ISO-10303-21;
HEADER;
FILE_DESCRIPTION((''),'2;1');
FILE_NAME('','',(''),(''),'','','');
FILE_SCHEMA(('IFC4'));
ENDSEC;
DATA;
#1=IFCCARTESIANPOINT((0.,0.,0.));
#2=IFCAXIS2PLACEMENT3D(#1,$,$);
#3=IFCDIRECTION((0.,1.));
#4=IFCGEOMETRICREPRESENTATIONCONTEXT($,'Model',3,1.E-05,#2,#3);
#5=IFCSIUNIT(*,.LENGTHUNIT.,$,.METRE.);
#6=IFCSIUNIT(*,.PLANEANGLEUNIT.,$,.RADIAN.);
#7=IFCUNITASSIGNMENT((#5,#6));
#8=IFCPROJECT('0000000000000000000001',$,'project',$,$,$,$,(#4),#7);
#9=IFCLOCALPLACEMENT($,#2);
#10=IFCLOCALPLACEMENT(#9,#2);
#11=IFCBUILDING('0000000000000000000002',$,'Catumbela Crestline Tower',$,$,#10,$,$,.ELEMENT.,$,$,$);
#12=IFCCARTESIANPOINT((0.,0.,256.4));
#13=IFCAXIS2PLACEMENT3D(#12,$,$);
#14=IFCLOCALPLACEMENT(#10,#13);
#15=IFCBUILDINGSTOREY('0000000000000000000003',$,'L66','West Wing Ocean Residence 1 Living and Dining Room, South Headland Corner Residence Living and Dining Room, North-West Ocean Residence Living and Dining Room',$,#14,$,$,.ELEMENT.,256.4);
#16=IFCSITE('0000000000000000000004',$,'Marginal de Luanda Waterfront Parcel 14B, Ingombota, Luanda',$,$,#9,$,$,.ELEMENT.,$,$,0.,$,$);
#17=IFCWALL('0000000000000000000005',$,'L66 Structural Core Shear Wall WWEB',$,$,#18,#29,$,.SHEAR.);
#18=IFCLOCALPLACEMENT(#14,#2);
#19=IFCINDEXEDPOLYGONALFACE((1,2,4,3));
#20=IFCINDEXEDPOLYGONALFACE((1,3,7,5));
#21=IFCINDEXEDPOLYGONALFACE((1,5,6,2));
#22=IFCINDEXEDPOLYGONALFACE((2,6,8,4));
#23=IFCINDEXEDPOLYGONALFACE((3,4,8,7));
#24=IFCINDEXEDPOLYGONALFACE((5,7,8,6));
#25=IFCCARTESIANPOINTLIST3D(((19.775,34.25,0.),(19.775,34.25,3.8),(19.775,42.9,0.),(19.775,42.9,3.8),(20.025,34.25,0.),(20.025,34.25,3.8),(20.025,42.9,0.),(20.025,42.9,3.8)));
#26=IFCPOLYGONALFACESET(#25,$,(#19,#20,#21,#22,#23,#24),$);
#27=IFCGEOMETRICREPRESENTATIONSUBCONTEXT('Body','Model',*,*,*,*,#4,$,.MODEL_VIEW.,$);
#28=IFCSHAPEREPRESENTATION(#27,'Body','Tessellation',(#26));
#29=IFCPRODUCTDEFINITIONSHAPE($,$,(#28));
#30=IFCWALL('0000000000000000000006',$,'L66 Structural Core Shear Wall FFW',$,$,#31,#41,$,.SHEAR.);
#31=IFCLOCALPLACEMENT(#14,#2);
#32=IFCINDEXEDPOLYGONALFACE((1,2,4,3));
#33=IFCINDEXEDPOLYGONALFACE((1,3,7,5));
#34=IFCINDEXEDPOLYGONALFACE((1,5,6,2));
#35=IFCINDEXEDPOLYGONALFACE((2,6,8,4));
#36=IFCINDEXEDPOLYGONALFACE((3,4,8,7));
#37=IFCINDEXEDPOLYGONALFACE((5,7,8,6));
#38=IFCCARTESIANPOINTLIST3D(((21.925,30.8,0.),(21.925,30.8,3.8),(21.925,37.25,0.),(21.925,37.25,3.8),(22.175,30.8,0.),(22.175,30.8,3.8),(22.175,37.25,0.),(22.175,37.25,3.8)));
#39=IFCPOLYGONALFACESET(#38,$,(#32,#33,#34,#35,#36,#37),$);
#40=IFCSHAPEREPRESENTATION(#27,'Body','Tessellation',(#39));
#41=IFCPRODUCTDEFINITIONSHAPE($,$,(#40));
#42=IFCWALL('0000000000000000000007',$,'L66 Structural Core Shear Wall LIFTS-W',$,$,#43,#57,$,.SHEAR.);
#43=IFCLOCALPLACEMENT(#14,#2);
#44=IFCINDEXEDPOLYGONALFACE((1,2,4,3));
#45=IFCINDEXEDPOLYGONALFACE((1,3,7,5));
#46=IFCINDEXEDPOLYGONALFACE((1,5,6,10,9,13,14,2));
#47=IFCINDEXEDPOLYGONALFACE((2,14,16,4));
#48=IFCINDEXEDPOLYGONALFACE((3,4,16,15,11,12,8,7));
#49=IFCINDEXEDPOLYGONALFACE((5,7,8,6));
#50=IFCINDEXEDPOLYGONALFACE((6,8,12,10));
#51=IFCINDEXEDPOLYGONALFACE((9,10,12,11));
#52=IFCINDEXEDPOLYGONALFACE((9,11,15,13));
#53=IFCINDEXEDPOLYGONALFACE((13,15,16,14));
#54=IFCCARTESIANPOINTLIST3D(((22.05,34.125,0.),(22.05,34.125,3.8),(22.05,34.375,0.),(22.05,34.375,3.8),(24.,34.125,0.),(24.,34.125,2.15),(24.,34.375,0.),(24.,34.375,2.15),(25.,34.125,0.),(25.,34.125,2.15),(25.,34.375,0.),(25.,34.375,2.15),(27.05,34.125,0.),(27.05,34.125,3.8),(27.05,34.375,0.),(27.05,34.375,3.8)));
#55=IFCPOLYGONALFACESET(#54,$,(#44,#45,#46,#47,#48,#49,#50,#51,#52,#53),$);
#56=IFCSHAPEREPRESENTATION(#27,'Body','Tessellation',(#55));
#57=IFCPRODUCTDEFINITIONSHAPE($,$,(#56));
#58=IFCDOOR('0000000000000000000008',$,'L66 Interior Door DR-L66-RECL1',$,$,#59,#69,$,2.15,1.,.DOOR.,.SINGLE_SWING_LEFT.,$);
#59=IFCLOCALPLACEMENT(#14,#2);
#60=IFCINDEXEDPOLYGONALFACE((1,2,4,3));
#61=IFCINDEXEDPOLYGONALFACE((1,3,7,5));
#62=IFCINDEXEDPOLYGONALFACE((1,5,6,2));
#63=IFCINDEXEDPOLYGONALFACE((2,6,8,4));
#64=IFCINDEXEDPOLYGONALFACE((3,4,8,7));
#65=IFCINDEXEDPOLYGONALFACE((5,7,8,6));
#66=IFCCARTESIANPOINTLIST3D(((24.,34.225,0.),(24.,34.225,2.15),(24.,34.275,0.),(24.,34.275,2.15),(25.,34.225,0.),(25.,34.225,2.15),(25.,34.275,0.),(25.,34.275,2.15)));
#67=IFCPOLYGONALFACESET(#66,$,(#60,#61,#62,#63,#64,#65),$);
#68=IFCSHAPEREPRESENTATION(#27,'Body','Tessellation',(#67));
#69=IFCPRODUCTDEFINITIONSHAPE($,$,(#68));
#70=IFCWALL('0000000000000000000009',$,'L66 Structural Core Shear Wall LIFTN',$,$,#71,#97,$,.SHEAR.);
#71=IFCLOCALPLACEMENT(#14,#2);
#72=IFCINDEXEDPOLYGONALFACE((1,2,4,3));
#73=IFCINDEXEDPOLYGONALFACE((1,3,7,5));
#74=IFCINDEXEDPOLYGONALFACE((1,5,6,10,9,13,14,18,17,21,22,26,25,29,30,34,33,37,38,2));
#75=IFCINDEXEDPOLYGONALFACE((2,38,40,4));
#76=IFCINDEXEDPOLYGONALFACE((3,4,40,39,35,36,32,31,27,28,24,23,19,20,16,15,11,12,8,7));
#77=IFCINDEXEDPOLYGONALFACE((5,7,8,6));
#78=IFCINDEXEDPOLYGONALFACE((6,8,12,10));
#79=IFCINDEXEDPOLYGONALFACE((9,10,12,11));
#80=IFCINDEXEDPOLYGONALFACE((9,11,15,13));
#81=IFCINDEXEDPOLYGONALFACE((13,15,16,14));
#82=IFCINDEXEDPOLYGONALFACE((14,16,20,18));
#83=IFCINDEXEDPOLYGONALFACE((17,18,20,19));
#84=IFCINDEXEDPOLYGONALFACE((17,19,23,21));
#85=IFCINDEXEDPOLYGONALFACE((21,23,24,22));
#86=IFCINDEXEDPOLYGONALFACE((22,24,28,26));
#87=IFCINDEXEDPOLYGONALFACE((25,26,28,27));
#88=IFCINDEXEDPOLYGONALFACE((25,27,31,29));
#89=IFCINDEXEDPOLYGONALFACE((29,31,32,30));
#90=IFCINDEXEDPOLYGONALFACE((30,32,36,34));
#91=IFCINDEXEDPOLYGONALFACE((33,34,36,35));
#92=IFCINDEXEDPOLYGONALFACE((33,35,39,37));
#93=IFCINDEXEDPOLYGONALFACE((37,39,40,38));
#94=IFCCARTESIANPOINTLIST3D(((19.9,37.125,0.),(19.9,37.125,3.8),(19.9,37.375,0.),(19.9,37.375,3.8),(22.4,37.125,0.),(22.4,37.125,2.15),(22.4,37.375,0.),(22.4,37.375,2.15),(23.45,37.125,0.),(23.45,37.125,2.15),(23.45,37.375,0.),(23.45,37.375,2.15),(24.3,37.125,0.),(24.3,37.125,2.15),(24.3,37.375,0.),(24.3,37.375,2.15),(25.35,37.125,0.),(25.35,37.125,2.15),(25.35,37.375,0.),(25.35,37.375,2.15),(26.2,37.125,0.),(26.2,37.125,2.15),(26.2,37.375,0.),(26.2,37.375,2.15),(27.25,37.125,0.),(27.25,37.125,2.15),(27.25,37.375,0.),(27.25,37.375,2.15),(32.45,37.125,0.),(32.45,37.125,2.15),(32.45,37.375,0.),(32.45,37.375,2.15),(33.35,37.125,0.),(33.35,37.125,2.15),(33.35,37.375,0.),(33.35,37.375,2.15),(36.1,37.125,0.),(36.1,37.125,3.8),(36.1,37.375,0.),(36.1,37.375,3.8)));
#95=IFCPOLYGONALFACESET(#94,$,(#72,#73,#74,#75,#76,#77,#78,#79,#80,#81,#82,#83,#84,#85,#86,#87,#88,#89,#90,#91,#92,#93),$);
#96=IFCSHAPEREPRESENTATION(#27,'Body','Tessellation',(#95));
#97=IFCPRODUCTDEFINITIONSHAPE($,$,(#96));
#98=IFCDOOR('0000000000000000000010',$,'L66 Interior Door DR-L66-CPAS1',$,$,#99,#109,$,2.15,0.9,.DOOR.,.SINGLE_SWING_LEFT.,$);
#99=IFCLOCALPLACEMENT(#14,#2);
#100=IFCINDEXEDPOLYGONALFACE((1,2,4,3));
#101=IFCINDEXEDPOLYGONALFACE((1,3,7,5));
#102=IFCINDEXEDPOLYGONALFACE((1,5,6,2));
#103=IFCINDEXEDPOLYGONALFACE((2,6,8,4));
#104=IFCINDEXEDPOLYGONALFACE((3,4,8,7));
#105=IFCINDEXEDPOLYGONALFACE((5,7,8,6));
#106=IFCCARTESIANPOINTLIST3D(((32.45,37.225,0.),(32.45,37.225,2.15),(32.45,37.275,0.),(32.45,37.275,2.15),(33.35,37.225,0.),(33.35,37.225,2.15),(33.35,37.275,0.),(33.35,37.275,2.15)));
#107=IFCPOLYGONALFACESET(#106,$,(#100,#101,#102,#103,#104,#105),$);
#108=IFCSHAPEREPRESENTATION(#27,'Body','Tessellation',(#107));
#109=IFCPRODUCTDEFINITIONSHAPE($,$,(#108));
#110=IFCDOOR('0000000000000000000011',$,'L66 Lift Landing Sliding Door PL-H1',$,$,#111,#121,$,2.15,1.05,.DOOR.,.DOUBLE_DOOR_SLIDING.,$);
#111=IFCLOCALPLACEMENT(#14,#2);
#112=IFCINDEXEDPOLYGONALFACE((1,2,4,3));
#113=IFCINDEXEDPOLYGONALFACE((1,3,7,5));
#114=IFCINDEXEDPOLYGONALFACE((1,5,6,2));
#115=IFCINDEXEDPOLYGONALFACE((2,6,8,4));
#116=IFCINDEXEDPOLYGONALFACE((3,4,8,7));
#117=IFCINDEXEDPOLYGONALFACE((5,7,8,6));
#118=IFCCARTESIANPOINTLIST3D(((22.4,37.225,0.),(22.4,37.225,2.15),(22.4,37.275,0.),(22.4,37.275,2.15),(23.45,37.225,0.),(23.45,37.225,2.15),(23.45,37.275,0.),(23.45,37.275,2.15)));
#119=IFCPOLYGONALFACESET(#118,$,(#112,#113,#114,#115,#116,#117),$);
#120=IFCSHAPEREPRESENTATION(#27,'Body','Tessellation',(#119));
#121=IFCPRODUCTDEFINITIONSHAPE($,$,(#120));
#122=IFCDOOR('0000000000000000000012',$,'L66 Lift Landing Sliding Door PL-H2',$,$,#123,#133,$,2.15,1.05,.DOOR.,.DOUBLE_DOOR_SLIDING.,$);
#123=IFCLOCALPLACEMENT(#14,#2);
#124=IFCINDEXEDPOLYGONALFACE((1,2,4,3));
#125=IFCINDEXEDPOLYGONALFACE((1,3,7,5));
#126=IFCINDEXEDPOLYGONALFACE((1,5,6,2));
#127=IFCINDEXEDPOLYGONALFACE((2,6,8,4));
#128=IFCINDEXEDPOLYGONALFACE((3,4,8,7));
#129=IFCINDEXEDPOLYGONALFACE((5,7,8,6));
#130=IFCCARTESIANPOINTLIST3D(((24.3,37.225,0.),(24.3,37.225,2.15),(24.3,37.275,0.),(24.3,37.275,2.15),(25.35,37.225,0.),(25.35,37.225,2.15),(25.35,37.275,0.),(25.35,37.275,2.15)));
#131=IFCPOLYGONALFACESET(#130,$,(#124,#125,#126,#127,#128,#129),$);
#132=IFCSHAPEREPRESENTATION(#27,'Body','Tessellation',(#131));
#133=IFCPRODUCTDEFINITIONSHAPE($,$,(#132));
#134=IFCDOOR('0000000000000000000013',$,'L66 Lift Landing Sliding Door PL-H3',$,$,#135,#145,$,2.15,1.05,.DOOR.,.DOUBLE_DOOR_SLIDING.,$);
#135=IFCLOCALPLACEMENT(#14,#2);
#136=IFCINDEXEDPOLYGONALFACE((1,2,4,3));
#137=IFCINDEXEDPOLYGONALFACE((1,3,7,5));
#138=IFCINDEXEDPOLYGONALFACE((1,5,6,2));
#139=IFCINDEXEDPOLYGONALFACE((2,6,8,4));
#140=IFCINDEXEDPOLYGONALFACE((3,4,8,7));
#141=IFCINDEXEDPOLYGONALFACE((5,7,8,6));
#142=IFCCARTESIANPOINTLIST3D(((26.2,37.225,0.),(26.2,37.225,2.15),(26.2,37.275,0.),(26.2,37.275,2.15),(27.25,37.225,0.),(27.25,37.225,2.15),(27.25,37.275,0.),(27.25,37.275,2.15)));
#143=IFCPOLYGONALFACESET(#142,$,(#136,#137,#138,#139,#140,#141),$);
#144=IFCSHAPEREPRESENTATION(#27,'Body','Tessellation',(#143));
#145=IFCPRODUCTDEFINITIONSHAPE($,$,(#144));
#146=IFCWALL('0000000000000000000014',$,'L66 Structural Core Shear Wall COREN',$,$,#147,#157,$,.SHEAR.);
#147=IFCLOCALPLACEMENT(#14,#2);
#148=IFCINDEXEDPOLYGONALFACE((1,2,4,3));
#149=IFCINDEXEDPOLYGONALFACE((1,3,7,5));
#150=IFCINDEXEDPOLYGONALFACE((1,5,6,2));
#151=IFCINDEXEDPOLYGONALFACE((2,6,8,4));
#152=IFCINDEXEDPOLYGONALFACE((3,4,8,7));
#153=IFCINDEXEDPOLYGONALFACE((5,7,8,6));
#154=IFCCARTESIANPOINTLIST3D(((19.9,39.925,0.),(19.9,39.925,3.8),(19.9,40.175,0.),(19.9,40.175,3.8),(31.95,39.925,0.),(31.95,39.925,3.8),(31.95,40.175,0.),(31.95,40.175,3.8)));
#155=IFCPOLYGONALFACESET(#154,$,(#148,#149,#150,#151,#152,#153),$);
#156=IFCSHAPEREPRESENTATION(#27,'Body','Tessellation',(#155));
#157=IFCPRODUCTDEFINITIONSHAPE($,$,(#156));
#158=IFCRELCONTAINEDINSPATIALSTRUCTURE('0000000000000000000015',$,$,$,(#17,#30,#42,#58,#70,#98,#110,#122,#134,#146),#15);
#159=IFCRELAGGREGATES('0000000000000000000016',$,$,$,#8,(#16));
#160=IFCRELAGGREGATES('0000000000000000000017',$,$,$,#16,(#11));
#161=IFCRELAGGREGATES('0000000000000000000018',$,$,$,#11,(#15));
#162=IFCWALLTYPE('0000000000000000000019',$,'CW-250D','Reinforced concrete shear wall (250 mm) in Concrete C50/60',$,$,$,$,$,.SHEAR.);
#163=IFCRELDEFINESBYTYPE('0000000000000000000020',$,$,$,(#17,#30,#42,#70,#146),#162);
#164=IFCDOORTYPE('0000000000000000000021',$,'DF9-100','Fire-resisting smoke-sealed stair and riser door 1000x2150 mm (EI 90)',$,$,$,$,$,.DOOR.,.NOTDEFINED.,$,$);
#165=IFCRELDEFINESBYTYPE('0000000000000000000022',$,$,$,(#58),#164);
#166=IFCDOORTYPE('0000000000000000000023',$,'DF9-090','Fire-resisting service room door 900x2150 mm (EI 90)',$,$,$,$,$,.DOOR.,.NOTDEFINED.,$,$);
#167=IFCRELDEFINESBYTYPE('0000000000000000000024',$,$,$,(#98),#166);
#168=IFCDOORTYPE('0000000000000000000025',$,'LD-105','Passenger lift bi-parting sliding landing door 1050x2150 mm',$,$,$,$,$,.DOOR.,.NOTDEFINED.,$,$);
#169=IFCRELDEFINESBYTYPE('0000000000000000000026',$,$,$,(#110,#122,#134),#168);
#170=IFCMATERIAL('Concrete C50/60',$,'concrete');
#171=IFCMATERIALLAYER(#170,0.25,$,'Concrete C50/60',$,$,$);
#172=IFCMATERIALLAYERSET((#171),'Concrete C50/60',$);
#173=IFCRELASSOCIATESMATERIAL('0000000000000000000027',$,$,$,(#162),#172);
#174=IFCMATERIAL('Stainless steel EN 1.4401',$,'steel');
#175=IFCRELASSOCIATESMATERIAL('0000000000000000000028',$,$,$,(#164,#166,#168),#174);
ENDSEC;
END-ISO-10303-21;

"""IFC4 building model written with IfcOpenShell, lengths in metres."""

from ifc_helpers import new_model, si_unit, direction, frame, frame_2d, origin, place, context, subcontext, project, spatial, rectangle, extrude, material, layer, layer_set, type_object, element, fill, save


model = new_model("IFC4")

# Units and contexts
model_context = context("Model", 3, precision=1e-05, world=origin(), true_north=direction((0.0, 1.0)))
body_context = subcontext(model_context, "Body", "Model", "MODEL_VIEW")
ifc_project = project(units=[si_unit("LENGTHUNIT", "METRE"), si_unit("PLANEANGLEUNIT", "RADIAN")], contexts=[model_context])

# Site, building, storey
site_placement = place(None, origin())
site = spatial("IfcSite", under=ifc_project, at=site_placement, Name="Marginal de Luanda Waterfront Parcel 14B, Ingombota, Luanda", CompositionType="ELEMENT", RefElevation=0.0)
building_placement = place(site_placement, origin())
building = spatial("IfcBuilding", under=site, at=building_placement, Name="Catumbela Crestline Tower", CompositionType="ELEMENT")
storey_placement = place(building_placement, frame((0.0, 0.0, 256.4)))
storey = spatial("IfcBuildingStorey", under=building, at=storey_placement, Name="L66", Description="West Wing Ocean Residence 1 Living and Dining Room, South Headland Corner Residence Living and Dining Room, North-West Ocean Residence Living and Dining Room", CompositionType="ELEMENT", Elevation=256.4)

# Walls
ifc_material_1 = material(Name="Concrete C50/60", Category="concrete")
ifc_layer_1 = layer(ifc_material_1, 0.25, Name="Concrete C50/60")
ifc_layer_set_1 = layer_set([ifc_layer_1], Name="Concrete C50/60")
wall_type_1 = type_object("IfcWallType", Name="CW-250D", Description="Reinforced concrete shear wall (250 mm) in Concrete C50/60", PredefinedType="SHEAR", material=ifc_layer_set_1)
wall_1_placement = place(storey_placement, frame((19.9, 34.25, 0.0), z_axis=(0.0, 0.0, 1.0), x_axis=(0.0, 1.0, 0.0)))
element("IfcWall", 1, at=wall_1_placement, inside=storey, type_object=wall_type_1, Name="L66 Structural Core Shear Wall WWEB", PredefinedType="SHEAR", context=body_context, shape_type="SweptSolid", body=[
    extrude(rectangle(XDim=8.65, YDim=0.25, at=frame_2d((4.325, 0.0))), origin(), (0.0, 0.0, 1.0), 3.8),
])
wall_2_placement = place(storey_placement, frame((22.05, 30.8, 0.0), z_axis=(0.0, 0.0, 1.0), x_axis=(0.0, 1.0, 0.0)))
element("IfcWall", 2, at=wall_2_placement, inside=storey, type_object=wall_type_1, Name="L66 Structural Core Shear Wall FFW", PredefinedType="SHEAR", context=body_context, shape_type="SweptSolid", body=[
    extrude(rectangle(XDim=6.45, YDim=0.25, at=frame_2d((3.225, 0.0))), origin(), (0.0, 0.0, 1.0), 3.8),
])

# Wall, opening, door
wall_3_placement = place(storey_placement, frame((22.05, 34.25, 0.0), z_axis=(0.0, 0.0, 1.0), x_axis=(1.0, 0.0, 0.0)))
wall_3 = element("IfcWall", 3, at=wall_3_placement, inside=storey, type_object=wall_type_1, Name="L66 Structural Core Shear Wall LIFTS-W", PredefinedType="SHEAR", context=body_context, shape_type="SweptSolid", body=[
    extrude(rectangle(XDim=5.0, YDim=0.25, at=frame_2d((2.5, 0.0))), origin(), (0.0, 0.0, 1.0), 3.8),
])
opening_1_placement = place(wall_3_placement, frame((1.95, 0.0, 0.0)))
opening_1 = element("IfcOpeningElement", 4, at=opening_1_placement, cuts=wall_3, PredefinedType="OPENING", context=body_context, shape_type="SweptSolid", body=[
    extrude(rectangle(XDim=1.0, YDim=2.15, at=frame_2d((0.5, 1.075))), frame((0.0, 0.135, 0.0), z_axis=(0.0, -1.0, 0.0), x_axis=(1.0, 0.0, 0.0)), (0.0, 0.0, 1.0), 0.27),
])
ifc_material_2 = material(Name="Stainless steel EN 1.4401", Category="steel")
door_type_1 = type_object("IfcDoorType", Name="DF9-100", Description="Fire-resisting smoke-sealed stair and riser door 1000x2150 mm (EI 90)", OperationType="NOTDEFINED", PredefinedType="DOOR", material=ifc_material_2)
door_1_placement = place(opening_1_placement, origin())
door_1 = element("IfcDoor", 5, at=door_1_placement, inside=storey, type_object=door_type_1, Name="L66 Interior Door DR-L66-RECL1", OperationType="SINGLE_SWING_LEFT", OverallHeight=2.15, OverallWidth=1.0, PredefinedType="DOOR", context=body_context, shape_type="SweptSolid", body=[
    extrude(rectangle(XDim=1.0, YDim=2.15, at=frame_2d((0.5, 1.075))), frame((0.0, 0.025, 0.0), z_axis=(0.0, -1.0, 0.0), x_axis=(1.0, 0.0, 0.0)), (0.0, 0.0, 1.0), 0.05),
])
fill(opening_1, door_1)

# Wall, openings, doors
wall_4_placement = place(storey_placement, frame((19.9, 37.25, 0.0), z_axis=(0.0, 0.0, 1.0), x_axis=(1.0, 0.0, 0.0)))
wall_4 = element("IfcWall", 6, at=wall_4_placement, inside=storey, type_object=wall_type_1, Name="L66 Structural Core Shear Wall LIFTN", PredefinedType="SHEAR", context=body_context, shape_type="SweptSolid", body=[
    extrude(rectangle(XDim=16.2, YDim=0.25, at=frame_2d((8.1, 0.0))), origin(), (0.0, 0.0, 1.0), 3.8),
])
opening_2_placement = place(wall_4_placement, frame((12.55, 0.0, 0.0)))
opening_2 = element("IfcOpeningElement", 7, at=opening_2_placement, cuts=wall_4, PredefinedType="OPENING", context=body_context, shape_type="SweptSolid", body=[
    extrude(rectangle(XDim=0.9, YDim=2.15, at=frame_2d((0.45, 1.075))), frame((0.0, 0.135, 0.0), z_axis=(0.0, -1.0, 0.0), x_axis=(1.0, 0.0, 0.0)), (0.0, 0.0, 1.0), 0.27),
])
opening_3_placement = place(wall_4_placement, frame((2.5, 0.0, 0.0)))
opening_3 = element("IfcOpeningElement", 8, at=opening_3_placement, cuts=wall_4, PredefinedType="OPENING", context=body_context, shape_type="SweptSolid", body=[
    extrude(rectangle(XDim=1.05, YDim=2.15, at=frame_2d((0.525, 1.075))), frame((0.0, 0.135, 0.0), z_axis=(0.0, -1.0, 0.0), x_axis=(1.0, 0.0, 0.0)), (0.0, 0.0, 1.0), 0.27),
])
opening_4_placement = place(wall_4_placement, frame((4.4, 0.0, 0.0)))
opening_4 = element("IfcOpeningElement", 9, at=opening_4_placement, cuts=wall_4, PredefinedType="OPENING", context=body_context, shape_type="SweptSolid", body=[
    extrude(rectangle(XDim=1.05, YDim=2.15, at=frame_2d((0.525, 1.075))), frame((0.0, 0.135, 0.0), z_axis=(0.0, -1.0, 0.0), x_axis=(1.0, 0.0, 0.0)), (0.0, 0.0, 1.0), 0.27),
])
opening_5_placement = place(wall_4_placement, frame((6.3, 0.0, 0.0)))
opening_5 = element("IfcOpeningElement", 10, at=opening_5_placement, cuts=wall_4, PredefinedType="OPENING", context=body_context, shape_type="SweptSolid", body=[
    extrude(rectangle(XDim=1.05, YDim=2.15, at=frame_2d((0.525, 1.075))), frame((0.0, 0.135, 0.0), z_axis=(0.0, -1.0, 0.0), x_axis=(1.0, 0.0, 0.0)), (0.0, 0.0, 1.0), 0.27),
])
door_type_2 = type_object("IfcDoorType", Name="DF9-090", Description="Fire-resisting service room door 900x2150 mm (EI 90)", OperationType="NOTDEFINED", PredefinedType="DOOR", material=ifc_material_2)
door_2_placement = place(opening_2_placement, origin())
door_2 = element("IfcDoor", 11, at=door_2_placement, inside=storey, type_object=door_type_2, Name="L66 Interior Door DR-L66-CPAS1", OperationType="SINGLE_SWING_LEFT", OverallHeight=2.15, OverallWidth=0.9, PredefinedType="DOOR", context=body_context, shape_type="SweptSolid", body=[
    extrude(rectangle(XDim=0.9, YDim=2.15, at=frame_2d((0.45, 1.075))), frame((0.0, 0.025, 0.0), z_axis=(0.0, -1.0, 0.0), x_axis=(1.0, 0.0, 0.0)), (0.0, 0.0, 1.0), 0.05),
])
fill(opening_2, door_2)
door_type_3 = type_object("IfcDoorType", Name="LD-105", Description="Passenger lift bi-parting sliding landing door 1050x2150 mm", OperationType="NOTDEFINED", PredefinedType="DOOR", material=ifc_material_2)
door_3_placement = place(opening_3_placement, origin())
door_3 = element("IfcDoor", 12, at=door_3_placement, inside=storey, type_object=door_type_3, Name="L66 Lift Landing Sliding Door PL-H1", OperationType="DOUBLE_DOOR_SLIDING", OverallHeight=2.15, OverallWidth=1.05, PredefinedType="DOOR", context=body_context, shape_type="SweptSolid", body=[
    extrude(rectangle(XDim=1.05, YDim=2.15, at=frame_2d((0.525, 1.075))), frame((0.0, 0.025, 0.0), z_axis=(0.0, -1.0, 0.0), x_axis=(1.0, 0.0, 0.0)), (0.0, 0.0, 1.0), 0.05),
])
fill(opening_3, door_3)
door_4_placement = place(opening_4_placement, origin())
door_4 = element("IfcDoor", 13, at=door_4_placement, inside=storey, type_object=door_type_3, Name="L66 Lift Landing Sliding Door PL-H2", OperationType="DOUBLE_DOOR_SLIDING", OverallHeight=2.15, OverallWidth=1.05, PredefinedType="DOOR", context=body_context, shape_type="SweptSolid", body=[
    extrude(rectangle(XDim=1.05, YDim=2.15, at=frame_2d((0.525, 1.075))), frame((0.0, 0.025, 0.0), z_axis=(0.0, -1.0, 0.0), x_axis=(1.0, 0.0, 0.0)), (0.0, 0.0, 1.0), 0.05),
])
fill(opening_4, door_4)
door_5_placement = place(opening_5_placement, origin())
door_5 = element("IfcDoor", 14, at=door_5_placement, inside=storey, type_object=door_type_3, Name="L66 Lift Landing Sliding Door PL-H3", OperationType="DOUBLE_DOOR_SLIDING", OverallHeight=2.15, OverallWidth=1.05, PredefinedType="DOOR", context=body_context, shape_type="SweptSolid", body=[
    extrude(rectangle(XDim=1.05, YDim=2.15, at=frame_2d((0.525, 1.075))), frame((0.0, 0.025, 0.0), z_axis=(0.0, -1.0, 0.0), x_axis=(1.0, 0.0, 0.0)), (0.0, 0.0, 1.0), 0.05),
])
fill(opening_5, door_5)

# Wall
wall_5_placement = place(storey_placement, frame((19.9, 40.05, 0.0), z_axis=(0.0, 0.0, 1.0), x_axis=(1.0, 0.0, 0.0)))
element("IfcWall", 15, at=wall_5_placement, inside=storey, type_object=wall_type_1, Name="L66 Structural Core Shear Wall COREN", PredefinedType="SHEAR", context=body_context, shape_type="SweptSolid", body=[
    extrude(rectangle(XDim=12.05, YDim=0.25, at=frame_2d((6.025, 0.0))), origin(), (0.0, 0.0, 1.0), 3.8),
])

save(model, "model.ifc")
